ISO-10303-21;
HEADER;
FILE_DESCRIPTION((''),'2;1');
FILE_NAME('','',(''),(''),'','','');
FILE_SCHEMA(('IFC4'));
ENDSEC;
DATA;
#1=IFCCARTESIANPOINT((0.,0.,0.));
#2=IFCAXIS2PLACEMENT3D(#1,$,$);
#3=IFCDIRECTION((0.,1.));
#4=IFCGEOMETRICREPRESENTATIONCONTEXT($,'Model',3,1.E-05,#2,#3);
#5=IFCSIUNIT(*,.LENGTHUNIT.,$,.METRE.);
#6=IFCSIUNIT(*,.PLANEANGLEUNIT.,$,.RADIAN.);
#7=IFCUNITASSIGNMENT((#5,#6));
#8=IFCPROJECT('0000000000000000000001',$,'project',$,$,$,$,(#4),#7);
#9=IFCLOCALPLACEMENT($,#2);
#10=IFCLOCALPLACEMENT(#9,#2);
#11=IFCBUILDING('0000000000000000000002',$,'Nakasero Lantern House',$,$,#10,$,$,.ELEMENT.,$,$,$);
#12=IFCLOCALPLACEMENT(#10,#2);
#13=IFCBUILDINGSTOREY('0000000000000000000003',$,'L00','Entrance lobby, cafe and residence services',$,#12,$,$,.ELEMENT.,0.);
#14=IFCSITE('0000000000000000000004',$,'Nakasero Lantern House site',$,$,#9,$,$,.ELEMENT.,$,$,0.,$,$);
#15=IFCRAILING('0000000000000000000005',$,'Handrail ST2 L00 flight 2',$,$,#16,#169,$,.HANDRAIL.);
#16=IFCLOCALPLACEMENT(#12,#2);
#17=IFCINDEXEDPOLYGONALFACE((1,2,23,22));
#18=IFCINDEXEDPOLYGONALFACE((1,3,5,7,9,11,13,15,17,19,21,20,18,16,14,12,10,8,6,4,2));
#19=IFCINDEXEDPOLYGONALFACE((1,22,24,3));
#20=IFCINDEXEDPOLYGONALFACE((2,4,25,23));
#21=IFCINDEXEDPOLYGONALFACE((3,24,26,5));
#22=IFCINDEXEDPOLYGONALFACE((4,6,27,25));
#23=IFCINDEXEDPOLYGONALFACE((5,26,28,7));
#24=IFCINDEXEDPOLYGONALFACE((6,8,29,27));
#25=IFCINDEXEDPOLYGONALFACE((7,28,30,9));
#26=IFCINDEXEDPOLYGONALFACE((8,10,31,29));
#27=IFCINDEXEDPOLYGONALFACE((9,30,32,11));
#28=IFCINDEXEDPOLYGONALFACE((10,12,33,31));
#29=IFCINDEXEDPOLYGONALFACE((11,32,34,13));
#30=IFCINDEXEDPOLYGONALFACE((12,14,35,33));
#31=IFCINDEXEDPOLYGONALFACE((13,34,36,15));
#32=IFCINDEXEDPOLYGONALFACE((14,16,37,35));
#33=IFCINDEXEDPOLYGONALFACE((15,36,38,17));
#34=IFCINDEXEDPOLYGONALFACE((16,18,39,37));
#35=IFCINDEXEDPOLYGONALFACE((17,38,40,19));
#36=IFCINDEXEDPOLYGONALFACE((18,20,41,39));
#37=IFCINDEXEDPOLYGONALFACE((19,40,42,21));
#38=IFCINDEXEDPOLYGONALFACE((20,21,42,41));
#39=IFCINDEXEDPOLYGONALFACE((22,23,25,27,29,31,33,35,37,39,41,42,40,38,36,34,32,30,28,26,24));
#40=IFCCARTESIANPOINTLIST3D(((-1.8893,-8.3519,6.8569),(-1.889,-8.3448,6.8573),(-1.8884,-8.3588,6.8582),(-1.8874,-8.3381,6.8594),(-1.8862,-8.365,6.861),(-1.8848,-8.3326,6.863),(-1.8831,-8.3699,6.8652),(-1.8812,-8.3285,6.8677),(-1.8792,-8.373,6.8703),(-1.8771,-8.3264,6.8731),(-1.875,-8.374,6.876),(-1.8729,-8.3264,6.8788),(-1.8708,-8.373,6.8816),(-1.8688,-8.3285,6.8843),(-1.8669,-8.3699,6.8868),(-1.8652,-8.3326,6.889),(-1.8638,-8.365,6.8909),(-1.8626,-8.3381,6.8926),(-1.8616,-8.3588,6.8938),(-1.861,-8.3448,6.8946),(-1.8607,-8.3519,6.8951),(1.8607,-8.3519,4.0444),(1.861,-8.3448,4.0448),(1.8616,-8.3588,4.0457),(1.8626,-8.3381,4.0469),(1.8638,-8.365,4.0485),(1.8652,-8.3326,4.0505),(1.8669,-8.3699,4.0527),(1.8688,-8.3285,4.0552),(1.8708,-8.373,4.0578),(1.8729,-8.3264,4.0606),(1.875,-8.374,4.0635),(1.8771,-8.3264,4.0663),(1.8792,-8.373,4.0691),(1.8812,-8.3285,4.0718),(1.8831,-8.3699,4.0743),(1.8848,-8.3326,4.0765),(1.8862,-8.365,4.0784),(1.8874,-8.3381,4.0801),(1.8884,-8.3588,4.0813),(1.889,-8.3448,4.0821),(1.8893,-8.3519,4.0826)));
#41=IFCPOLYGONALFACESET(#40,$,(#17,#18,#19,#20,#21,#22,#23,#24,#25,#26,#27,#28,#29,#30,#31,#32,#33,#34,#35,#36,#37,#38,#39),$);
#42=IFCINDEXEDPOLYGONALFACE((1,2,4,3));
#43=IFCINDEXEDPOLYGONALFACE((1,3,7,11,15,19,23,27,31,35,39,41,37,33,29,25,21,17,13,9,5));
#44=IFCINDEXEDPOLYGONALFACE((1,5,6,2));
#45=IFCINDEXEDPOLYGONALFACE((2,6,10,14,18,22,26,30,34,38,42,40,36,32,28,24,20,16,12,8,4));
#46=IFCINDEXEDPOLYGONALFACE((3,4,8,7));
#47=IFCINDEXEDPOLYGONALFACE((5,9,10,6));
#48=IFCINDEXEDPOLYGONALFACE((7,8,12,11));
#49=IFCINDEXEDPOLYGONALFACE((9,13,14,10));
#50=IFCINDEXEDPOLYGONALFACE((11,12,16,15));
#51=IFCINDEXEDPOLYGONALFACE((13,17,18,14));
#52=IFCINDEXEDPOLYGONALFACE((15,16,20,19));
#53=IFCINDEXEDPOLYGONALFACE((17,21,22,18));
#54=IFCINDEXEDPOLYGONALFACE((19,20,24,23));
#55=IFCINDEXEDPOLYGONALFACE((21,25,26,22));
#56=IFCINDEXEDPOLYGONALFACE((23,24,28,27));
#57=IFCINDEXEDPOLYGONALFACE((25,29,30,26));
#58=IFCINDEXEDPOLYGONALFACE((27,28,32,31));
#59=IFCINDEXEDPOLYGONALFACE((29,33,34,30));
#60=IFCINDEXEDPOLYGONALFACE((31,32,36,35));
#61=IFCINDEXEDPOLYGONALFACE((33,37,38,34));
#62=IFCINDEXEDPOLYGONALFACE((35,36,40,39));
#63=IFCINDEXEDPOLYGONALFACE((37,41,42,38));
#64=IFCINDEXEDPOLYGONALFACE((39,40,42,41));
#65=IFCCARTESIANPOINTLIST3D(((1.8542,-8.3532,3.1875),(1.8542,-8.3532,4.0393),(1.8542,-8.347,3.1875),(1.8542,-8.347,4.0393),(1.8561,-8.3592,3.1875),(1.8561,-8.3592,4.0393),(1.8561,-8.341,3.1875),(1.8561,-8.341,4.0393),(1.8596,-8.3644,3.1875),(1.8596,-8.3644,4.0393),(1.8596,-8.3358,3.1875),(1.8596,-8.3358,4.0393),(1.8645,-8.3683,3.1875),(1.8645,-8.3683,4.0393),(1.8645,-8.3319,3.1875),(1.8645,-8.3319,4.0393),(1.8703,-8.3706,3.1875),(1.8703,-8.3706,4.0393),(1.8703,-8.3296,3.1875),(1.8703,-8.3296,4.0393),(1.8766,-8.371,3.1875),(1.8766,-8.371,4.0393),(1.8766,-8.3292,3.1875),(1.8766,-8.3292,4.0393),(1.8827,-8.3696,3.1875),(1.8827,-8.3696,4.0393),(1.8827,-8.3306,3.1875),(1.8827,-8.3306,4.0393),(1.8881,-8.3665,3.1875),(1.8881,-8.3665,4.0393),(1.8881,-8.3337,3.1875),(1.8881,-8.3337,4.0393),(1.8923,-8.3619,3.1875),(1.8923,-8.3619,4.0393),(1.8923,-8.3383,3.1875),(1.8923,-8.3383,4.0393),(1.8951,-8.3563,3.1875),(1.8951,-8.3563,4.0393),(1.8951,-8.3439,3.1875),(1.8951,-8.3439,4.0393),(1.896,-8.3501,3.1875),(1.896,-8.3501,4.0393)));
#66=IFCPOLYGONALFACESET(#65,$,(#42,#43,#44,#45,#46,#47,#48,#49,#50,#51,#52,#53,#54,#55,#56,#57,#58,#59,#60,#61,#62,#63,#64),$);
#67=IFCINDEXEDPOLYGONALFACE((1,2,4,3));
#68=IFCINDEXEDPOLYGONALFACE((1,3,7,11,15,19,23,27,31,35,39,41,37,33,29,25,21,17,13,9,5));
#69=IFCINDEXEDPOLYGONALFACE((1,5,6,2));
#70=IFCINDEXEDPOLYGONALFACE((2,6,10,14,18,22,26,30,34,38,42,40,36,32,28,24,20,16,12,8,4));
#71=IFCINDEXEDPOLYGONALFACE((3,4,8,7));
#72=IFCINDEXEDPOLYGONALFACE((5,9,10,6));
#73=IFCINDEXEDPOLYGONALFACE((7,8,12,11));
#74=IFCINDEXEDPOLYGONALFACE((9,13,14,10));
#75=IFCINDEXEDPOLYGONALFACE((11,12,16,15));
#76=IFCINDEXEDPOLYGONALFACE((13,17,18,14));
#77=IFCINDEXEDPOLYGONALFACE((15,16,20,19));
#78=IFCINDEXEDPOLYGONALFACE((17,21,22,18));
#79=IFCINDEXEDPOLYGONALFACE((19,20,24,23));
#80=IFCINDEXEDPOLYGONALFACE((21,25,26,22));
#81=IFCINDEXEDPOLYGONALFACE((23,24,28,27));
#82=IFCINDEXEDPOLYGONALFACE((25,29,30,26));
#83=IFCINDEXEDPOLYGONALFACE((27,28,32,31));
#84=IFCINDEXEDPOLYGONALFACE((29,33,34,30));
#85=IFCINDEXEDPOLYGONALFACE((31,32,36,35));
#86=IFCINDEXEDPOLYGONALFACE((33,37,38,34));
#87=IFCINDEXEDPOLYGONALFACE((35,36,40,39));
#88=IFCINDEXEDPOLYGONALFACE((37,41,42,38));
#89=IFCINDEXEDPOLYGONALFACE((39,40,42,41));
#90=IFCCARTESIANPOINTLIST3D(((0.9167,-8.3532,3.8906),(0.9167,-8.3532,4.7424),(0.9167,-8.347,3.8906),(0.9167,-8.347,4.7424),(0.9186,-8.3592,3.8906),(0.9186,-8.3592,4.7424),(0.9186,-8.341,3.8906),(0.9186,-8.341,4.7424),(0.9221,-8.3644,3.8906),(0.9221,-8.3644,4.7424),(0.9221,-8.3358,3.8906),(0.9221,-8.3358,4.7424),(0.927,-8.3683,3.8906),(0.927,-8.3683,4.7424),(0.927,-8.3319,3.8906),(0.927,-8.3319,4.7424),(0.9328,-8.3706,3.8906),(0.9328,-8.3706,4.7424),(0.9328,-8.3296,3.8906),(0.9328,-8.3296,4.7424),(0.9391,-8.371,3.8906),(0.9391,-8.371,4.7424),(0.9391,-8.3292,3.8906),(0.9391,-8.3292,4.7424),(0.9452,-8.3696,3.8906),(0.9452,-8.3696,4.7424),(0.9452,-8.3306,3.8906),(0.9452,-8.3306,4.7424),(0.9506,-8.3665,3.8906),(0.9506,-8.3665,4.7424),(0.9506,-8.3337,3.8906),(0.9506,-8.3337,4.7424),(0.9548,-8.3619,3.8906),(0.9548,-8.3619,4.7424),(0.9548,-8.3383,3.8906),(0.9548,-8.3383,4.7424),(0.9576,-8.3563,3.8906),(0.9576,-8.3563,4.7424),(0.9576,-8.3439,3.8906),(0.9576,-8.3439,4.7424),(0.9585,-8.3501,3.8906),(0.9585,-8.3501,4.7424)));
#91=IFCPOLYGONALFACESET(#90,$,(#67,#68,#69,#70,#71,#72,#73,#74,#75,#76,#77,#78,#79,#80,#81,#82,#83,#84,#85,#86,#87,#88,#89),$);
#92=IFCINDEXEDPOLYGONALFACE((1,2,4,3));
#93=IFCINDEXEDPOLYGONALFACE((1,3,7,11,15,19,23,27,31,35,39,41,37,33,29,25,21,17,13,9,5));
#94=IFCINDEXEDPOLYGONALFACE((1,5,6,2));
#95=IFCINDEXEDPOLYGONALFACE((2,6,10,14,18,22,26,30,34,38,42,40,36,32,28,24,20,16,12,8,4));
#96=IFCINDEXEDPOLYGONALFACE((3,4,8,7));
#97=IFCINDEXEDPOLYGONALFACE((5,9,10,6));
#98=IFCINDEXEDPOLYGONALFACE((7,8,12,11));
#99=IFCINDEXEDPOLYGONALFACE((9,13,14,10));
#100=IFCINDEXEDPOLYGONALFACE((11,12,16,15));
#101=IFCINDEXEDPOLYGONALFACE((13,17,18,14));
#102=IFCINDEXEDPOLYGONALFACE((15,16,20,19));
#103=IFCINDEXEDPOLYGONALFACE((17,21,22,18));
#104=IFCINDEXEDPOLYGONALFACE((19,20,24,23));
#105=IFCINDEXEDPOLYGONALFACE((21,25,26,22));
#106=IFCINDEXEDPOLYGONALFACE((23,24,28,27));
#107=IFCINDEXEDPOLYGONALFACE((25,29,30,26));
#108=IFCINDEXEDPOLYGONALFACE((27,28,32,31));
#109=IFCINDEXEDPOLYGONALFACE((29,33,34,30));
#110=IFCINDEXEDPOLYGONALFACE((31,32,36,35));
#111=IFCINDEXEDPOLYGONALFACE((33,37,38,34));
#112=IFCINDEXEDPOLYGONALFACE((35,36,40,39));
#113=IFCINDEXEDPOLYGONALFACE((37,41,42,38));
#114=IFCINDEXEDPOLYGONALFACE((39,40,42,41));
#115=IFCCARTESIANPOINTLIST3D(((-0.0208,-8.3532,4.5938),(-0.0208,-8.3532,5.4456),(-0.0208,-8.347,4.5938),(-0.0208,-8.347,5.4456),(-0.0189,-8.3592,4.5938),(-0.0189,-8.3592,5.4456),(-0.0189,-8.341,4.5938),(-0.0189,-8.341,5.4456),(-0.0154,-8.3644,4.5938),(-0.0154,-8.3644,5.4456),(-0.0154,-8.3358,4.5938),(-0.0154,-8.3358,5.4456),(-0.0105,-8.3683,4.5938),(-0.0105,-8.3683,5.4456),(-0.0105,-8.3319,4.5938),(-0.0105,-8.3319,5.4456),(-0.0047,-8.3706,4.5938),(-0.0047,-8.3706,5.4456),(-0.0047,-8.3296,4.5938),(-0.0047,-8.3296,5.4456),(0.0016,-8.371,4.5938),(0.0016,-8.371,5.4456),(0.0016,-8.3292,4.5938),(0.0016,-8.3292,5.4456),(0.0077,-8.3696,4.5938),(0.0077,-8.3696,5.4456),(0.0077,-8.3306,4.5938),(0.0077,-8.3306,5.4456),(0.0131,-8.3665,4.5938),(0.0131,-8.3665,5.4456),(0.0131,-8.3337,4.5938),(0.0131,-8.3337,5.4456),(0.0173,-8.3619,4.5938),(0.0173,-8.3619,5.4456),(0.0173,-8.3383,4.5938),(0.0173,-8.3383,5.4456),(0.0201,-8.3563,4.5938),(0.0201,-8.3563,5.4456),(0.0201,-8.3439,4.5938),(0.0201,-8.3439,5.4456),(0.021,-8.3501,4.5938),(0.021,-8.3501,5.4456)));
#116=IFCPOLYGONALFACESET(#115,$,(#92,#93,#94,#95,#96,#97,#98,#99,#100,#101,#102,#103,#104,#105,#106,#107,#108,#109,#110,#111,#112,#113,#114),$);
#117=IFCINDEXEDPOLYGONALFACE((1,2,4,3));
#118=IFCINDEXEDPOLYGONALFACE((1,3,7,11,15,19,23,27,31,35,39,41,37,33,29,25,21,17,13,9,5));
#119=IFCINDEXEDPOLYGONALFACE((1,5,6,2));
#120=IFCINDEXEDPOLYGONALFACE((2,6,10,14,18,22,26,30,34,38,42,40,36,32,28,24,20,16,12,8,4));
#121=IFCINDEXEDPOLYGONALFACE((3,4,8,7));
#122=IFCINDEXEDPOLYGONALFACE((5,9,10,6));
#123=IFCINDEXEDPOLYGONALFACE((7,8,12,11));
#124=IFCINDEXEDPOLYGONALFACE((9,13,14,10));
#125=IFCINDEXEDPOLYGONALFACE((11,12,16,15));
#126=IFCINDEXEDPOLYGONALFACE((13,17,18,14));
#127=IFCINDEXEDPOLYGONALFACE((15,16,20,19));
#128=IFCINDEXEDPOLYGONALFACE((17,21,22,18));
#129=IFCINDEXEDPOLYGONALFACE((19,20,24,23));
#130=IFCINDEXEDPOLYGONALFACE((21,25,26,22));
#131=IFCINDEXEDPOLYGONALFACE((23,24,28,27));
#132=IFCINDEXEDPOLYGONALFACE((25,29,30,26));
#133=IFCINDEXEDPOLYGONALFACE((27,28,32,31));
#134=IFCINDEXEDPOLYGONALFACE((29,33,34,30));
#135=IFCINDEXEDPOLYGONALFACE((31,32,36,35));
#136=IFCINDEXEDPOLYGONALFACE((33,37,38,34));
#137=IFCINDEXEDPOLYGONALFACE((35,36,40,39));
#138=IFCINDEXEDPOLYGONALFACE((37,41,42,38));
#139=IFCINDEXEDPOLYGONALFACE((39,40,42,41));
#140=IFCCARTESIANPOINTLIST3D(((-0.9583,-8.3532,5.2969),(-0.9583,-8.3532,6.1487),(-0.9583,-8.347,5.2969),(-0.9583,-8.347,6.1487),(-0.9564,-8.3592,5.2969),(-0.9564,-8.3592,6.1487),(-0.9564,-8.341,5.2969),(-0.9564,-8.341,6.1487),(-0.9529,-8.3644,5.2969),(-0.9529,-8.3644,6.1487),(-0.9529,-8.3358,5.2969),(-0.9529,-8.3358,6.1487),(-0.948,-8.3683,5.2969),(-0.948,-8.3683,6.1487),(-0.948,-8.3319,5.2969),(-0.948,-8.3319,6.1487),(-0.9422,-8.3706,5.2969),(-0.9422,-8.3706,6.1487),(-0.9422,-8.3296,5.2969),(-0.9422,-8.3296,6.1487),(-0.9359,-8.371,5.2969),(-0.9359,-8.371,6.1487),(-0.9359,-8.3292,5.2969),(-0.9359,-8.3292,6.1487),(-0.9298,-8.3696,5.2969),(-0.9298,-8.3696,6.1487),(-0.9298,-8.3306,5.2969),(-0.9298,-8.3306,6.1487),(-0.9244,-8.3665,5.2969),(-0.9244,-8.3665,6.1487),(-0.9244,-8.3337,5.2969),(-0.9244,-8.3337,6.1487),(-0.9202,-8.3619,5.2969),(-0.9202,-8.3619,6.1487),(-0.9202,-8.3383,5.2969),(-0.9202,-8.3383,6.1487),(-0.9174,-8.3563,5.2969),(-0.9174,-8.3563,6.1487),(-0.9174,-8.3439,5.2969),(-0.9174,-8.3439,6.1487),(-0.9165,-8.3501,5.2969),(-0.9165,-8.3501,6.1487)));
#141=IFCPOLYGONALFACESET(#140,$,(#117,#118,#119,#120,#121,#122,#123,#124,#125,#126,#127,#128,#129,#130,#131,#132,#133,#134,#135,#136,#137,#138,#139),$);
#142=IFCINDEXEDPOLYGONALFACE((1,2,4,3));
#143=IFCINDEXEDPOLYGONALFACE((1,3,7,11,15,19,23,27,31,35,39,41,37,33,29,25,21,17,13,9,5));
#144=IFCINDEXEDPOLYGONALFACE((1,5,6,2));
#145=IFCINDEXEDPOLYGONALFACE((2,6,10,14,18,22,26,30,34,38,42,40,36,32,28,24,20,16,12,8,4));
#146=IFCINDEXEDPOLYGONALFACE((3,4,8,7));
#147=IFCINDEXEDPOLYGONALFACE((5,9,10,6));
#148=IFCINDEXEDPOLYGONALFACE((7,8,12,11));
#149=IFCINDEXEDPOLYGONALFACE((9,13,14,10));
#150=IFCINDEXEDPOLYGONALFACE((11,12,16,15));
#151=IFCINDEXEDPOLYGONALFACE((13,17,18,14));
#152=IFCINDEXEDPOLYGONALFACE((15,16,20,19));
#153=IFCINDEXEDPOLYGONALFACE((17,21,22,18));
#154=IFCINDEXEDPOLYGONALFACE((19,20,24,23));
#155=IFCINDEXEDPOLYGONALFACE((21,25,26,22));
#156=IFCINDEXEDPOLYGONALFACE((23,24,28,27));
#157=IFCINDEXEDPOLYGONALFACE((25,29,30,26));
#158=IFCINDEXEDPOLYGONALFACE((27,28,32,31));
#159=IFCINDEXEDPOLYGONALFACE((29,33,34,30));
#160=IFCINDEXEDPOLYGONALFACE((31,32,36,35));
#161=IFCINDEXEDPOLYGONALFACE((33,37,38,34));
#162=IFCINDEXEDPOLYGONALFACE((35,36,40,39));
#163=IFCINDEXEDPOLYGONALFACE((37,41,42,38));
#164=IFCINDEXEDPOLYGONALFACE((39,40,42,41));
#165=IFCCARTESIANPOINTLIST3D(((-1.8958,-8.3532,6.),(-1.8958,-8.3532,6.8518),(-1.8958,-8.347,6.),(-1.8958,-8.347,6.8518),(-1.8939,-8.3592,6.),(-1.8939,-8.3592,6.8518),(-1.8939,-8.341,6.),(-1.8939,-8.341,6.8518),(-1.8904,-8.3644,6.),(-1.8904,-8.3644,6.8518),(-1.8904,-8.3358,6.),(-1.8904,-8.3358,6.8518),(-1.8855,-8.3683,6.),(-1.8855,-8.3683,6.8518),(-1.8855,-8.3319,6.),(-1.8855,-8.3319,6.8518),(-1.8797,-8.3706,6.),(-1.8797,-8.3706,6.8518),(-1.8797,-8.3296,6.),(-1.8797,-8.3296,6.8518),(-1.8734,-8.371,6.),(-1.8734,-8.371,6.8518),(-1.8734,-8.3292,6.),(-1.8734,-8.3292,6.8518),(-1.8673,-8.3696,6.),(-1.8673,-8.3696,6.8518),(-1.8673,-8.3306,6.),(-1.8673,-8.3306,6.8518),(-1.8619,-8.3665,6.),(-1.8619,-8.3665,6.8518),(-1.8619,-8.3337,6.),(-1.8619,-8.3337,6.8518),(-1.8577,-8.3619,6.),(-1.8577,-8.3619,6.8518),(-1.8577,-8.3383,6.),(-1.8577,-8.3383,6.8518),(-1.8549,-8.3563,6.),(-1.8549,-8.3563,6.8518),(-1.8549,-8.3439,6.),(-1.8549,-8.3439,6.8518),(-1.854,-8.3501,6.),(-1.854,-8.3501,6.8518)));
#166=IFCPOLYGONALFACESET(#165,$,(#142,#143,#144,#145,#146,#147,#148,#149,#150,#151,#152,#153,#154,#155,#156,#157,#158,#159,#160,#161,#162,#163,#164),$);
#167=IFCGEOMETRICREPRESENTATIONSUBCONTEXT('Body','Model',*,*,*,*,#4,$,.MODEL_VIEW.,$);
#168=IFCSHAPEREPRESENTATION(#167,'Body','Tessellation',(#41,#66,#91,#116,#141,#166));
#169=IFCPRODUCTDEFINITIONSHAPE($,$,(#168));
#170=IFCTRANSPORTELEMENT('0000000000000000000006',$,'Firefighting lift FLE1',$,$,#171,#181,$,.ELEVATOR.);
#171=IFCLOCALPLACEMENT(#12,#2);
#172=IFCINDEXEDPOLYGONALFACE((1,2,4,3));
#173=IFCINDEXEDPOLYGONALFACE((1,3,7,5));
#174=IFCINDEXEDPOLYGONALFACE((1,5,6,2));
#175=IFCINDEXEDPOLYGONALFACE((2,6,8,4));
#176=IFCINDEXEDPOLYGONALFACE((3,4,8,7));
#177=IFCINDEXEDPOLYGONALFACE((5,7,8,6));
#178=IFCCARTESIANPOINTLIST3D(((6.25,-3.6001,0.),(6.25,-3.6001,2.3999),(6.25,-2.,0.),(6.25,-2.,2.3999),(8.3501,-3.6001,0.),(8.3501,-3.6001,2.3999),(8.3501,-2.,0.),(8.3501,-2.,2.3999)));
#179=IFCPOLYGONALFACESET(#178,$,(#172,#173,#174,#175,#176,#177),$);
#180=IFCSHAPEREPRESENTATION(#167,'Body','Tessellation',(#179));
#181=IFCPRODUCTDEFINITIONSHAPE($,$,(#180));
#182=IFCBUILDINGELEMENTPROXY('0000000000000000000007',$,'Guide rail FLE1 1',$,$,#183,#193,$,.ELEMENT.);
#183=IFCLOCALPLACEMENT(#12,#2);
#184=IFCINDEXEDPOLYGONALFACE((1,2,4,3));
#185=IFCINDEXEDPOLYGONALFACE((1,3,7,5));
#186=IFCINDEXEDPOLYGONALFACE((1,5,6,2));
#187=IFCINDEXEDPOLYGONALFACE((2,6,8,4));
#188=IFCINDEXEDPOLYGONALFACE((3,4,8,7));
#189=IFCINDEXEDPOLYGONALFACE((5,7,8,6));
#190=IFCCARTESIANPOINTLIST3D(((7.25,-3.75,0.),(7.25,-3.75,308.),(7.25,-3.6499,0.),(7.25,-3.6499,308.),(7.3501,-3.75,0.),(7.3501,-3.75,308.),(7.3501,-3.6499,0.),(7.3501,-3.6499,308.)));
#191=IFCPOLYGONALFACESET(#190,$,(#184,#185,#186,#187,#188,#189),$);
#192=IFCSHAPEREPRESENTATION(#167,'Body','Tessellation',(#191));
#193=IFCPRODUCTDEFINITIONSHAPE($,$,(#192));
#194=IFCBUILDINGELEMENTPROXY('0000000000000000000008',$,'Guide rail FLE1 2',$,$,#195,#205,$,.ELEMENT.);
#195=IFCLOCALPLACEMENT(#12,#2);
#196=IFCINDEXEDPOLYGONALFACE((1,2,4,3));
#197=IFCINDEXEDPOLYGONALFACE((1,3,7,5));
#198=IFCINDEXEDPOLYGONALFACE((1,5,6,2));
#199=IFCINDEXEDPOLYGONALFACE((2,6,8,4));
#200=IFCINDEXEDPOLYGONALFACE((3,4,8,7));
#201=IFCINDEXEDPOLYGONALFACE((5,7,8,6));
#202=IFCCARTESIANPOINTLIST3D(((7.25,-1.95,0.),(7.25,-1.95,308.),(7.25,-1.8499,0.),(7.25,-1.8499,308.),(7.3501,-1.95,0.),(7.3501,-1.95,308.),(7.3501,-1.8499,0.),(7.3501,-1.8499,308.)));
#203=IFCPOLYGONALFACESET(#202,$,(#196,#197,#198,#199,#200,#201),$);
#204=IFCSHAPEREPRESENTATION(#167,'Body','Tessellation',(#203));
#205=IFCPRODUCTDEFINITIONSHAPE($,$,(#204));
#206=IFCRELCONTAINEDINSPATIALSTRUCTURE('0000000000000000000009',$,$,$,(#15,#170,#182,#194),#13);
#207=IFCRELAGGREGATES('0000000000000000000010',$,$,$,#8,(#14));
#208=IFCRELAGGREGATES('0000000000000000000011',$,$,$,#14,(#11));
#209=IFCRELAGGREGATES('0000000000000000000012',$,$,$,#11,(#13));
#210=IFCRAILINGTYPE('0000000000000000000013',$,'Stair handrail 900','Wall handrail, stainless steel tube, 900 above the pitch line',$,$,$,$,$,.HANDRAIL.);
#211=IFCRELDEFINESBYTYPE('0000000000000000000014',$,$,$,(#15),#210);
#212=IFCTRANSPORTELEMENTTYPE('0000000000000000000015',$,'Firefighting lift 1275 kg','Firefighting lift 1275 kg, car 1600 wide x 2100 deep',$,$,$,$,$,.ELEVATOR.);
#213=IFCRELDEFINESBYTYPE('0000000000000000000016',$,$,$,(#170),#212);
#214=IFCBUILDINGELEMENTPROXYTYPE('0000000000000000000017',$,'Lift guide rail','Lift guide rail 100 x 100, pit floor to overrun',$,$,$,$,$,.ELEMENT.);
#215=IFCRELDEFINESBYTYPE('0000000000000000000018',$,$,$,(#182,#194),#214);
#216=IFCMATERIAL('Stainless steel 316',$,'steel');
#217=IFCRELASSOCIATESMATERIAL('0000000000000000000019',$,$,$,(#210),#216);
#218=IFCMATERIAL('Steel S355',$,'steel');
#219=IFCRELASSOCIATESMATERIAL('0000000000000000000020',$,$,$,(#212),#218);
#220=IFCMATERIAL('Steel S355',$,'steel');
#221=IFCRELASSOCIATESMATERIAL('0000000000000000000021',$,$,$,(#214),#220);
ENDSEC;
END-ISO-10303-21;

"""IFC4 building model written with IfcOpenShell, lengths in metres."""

from ifc_helpers import new_model, si_unit, direction, frame, origin, origin_2d, place, context, subcontext, project, spatial, rectangle, circle, extrude, material, type_object, element, save


model = new_model("IFC4")

# Units and contexts
model_context = context("Model", 3, precision=1e-05, world=origin(), true_north=direction((0.0, 1.0)))
body_context = subcontext(model_context, "Body", "Model", "MODEL_VIEW")
ifc_project = project(units=[si_unit("LENGTHUNIT", "METRE"), si_unit("PLANEANGLEUNIT", "RADIAN")], contexts=[model_context])

# Site, building, storey
site_placement = place(None, origin())
site = spatial("IfcSite", under=ifc_project, at=site_placement, Name="Nakasero Lantern House site", CompositionType="ELEMENT", RefElevation=0.0)
building_placement = place(site_placement, origin())
building = spatial("IfcBuilding", under=site, at=building_placement, Name="Nakasero Lantern House", CompositionType="ELEMENT")
storey_placement = place(building_placement, origin())
storey = spatial("IfcBuildingStorey", under=building, at=storey_placement, Name="L00", Description="Entrance lobby, cafe and residence services", CompositionType="ELEMENT", Elevation=0.0)

# Railing
ifc_material_1 = material(Name="Stainless steel 316", Category="steel")
railing_type = type_object("IfcRailingType", Name="Stair handrail 900", Description="Wall handrail, stainless steel tube, 900 above the pitch line", PredefinedType="HANDRAIL", material=ifc_material_1)
railing_placement = place(storey_placement, frame((1.875, -8.3501, 3.1875)))
element("IfcRailing", 1, at=railing_placement, inside=storey, type_object=railing_type, Name="Handrail ST2 L00 flight 2", PredefinedType="HANDRAIL", context=body_context, shape_type="SweptSolid", body=[
    extrude(circle(Radius=0.0239, at=origin_2d()), frame((0.0, 0.0, 0.876), z_axis=(-0.8, 0.0, 0.6), x_axis=(0.0, -1.0, 0.0)), (0.0, 0.0, 1.0), 4.6875),
    extrude(circle(Radius=0.021, at=origin_2d()), origin(), (0.0, 0.0, 1.0), 0.8518),
    extrude(circle(Radius=0.021, at=origin_2d()), frame((-0.9375, 0.0, 0.7031)), (0.0, 0.0, 1.0), 0.8518),
    extrude(circle(Radius=0.021, at=origin_2d()), frame((-1.875, 0.0, 1.4062)), (0.0, 0.0, 1.0), 0.8518),
    extrude(circle(Radius=0.021, at=origin_2d()), frame((-2.8125, 0.0, 2.1094)), (0.0, 0.0, 1.0), 0.8518),
    extrude(circle(Radius=0.021, at=origin_2d()), frame((-3.75, 0.0, 2.8125)), (0.0, 0.0, 1.0), 0.8518),
])

# Transport element
ifc_material_2 = material(Name="Steel S355", Category="steel")
transport_element_type = type_object("IfcTransportElementType", Name="Firefighting lift 1275 kg", Description="Firefighting lift 1275 kg, car 1600 wide x 2100 deep", PredefinedType="ELEVATOR", material=ifc_material_2)
transport_element_placement = place(storey_placement, frame((7.3, -2.8, 0.0), z_axis=(0.0, 0.0, 1.0), x_axis=(1.0, 0.0, 0.0)))
element("IfcTransportElement", 2, at=transport_element_placement, inside=storey, type_object=transport_element_type, Name="Firefighting lift FLE1", PredefinedType="ELEVATOR", context=body_context, shape_type="SweptSolid", body=[
    extrude(rectangle(XDim=2.1001, YDim=1.6001, at=origin_2d()), origin(), (0.0, 0.0, 1.0), 2.3999),
])

# Building element proxies
ifc_material_3 = material(Name="Steel S355", Category="steel")
building_element_proxy_type = type_object("IfcBuildingElementProxyType", Name="Lift guide rail", Description="Lift guide rail 100 x 100, pit floor to overrun", PredefinedType="ELEMENT", material=ifc_material_3)
for number, where, z_axis, x_axis, name in (
    (3, (7.3, -3.7, 0.0), (0.0, 0.0, 1.0), (1.0, 0.0, 0.0), "Guide rail FLE1 1"),
    (4, (7.3, -1.8999, 0.0), (0.0, 0.0, 1.0), (1.0, 0.0, 0.0), "Guide rail FLE1 2"),
):
    element("IfcBuildingElementProxy", number, at=place(storey_placement, frame(where, z_axis=z_axis, x_axis=x_axis)), inside=storey, type_object=building_element_proxy_type, Name=name, PredefinedType="ELEMENT", context=body_context, shape_type="SweptSolid", body=[
        extrude(rectangle(XDim=0.1001, YDim=0.1001, at=origin_2d()), origin(), (0.0, 0.0, 1.0), 308.0),
    ])

save(model, "model.ifc")
